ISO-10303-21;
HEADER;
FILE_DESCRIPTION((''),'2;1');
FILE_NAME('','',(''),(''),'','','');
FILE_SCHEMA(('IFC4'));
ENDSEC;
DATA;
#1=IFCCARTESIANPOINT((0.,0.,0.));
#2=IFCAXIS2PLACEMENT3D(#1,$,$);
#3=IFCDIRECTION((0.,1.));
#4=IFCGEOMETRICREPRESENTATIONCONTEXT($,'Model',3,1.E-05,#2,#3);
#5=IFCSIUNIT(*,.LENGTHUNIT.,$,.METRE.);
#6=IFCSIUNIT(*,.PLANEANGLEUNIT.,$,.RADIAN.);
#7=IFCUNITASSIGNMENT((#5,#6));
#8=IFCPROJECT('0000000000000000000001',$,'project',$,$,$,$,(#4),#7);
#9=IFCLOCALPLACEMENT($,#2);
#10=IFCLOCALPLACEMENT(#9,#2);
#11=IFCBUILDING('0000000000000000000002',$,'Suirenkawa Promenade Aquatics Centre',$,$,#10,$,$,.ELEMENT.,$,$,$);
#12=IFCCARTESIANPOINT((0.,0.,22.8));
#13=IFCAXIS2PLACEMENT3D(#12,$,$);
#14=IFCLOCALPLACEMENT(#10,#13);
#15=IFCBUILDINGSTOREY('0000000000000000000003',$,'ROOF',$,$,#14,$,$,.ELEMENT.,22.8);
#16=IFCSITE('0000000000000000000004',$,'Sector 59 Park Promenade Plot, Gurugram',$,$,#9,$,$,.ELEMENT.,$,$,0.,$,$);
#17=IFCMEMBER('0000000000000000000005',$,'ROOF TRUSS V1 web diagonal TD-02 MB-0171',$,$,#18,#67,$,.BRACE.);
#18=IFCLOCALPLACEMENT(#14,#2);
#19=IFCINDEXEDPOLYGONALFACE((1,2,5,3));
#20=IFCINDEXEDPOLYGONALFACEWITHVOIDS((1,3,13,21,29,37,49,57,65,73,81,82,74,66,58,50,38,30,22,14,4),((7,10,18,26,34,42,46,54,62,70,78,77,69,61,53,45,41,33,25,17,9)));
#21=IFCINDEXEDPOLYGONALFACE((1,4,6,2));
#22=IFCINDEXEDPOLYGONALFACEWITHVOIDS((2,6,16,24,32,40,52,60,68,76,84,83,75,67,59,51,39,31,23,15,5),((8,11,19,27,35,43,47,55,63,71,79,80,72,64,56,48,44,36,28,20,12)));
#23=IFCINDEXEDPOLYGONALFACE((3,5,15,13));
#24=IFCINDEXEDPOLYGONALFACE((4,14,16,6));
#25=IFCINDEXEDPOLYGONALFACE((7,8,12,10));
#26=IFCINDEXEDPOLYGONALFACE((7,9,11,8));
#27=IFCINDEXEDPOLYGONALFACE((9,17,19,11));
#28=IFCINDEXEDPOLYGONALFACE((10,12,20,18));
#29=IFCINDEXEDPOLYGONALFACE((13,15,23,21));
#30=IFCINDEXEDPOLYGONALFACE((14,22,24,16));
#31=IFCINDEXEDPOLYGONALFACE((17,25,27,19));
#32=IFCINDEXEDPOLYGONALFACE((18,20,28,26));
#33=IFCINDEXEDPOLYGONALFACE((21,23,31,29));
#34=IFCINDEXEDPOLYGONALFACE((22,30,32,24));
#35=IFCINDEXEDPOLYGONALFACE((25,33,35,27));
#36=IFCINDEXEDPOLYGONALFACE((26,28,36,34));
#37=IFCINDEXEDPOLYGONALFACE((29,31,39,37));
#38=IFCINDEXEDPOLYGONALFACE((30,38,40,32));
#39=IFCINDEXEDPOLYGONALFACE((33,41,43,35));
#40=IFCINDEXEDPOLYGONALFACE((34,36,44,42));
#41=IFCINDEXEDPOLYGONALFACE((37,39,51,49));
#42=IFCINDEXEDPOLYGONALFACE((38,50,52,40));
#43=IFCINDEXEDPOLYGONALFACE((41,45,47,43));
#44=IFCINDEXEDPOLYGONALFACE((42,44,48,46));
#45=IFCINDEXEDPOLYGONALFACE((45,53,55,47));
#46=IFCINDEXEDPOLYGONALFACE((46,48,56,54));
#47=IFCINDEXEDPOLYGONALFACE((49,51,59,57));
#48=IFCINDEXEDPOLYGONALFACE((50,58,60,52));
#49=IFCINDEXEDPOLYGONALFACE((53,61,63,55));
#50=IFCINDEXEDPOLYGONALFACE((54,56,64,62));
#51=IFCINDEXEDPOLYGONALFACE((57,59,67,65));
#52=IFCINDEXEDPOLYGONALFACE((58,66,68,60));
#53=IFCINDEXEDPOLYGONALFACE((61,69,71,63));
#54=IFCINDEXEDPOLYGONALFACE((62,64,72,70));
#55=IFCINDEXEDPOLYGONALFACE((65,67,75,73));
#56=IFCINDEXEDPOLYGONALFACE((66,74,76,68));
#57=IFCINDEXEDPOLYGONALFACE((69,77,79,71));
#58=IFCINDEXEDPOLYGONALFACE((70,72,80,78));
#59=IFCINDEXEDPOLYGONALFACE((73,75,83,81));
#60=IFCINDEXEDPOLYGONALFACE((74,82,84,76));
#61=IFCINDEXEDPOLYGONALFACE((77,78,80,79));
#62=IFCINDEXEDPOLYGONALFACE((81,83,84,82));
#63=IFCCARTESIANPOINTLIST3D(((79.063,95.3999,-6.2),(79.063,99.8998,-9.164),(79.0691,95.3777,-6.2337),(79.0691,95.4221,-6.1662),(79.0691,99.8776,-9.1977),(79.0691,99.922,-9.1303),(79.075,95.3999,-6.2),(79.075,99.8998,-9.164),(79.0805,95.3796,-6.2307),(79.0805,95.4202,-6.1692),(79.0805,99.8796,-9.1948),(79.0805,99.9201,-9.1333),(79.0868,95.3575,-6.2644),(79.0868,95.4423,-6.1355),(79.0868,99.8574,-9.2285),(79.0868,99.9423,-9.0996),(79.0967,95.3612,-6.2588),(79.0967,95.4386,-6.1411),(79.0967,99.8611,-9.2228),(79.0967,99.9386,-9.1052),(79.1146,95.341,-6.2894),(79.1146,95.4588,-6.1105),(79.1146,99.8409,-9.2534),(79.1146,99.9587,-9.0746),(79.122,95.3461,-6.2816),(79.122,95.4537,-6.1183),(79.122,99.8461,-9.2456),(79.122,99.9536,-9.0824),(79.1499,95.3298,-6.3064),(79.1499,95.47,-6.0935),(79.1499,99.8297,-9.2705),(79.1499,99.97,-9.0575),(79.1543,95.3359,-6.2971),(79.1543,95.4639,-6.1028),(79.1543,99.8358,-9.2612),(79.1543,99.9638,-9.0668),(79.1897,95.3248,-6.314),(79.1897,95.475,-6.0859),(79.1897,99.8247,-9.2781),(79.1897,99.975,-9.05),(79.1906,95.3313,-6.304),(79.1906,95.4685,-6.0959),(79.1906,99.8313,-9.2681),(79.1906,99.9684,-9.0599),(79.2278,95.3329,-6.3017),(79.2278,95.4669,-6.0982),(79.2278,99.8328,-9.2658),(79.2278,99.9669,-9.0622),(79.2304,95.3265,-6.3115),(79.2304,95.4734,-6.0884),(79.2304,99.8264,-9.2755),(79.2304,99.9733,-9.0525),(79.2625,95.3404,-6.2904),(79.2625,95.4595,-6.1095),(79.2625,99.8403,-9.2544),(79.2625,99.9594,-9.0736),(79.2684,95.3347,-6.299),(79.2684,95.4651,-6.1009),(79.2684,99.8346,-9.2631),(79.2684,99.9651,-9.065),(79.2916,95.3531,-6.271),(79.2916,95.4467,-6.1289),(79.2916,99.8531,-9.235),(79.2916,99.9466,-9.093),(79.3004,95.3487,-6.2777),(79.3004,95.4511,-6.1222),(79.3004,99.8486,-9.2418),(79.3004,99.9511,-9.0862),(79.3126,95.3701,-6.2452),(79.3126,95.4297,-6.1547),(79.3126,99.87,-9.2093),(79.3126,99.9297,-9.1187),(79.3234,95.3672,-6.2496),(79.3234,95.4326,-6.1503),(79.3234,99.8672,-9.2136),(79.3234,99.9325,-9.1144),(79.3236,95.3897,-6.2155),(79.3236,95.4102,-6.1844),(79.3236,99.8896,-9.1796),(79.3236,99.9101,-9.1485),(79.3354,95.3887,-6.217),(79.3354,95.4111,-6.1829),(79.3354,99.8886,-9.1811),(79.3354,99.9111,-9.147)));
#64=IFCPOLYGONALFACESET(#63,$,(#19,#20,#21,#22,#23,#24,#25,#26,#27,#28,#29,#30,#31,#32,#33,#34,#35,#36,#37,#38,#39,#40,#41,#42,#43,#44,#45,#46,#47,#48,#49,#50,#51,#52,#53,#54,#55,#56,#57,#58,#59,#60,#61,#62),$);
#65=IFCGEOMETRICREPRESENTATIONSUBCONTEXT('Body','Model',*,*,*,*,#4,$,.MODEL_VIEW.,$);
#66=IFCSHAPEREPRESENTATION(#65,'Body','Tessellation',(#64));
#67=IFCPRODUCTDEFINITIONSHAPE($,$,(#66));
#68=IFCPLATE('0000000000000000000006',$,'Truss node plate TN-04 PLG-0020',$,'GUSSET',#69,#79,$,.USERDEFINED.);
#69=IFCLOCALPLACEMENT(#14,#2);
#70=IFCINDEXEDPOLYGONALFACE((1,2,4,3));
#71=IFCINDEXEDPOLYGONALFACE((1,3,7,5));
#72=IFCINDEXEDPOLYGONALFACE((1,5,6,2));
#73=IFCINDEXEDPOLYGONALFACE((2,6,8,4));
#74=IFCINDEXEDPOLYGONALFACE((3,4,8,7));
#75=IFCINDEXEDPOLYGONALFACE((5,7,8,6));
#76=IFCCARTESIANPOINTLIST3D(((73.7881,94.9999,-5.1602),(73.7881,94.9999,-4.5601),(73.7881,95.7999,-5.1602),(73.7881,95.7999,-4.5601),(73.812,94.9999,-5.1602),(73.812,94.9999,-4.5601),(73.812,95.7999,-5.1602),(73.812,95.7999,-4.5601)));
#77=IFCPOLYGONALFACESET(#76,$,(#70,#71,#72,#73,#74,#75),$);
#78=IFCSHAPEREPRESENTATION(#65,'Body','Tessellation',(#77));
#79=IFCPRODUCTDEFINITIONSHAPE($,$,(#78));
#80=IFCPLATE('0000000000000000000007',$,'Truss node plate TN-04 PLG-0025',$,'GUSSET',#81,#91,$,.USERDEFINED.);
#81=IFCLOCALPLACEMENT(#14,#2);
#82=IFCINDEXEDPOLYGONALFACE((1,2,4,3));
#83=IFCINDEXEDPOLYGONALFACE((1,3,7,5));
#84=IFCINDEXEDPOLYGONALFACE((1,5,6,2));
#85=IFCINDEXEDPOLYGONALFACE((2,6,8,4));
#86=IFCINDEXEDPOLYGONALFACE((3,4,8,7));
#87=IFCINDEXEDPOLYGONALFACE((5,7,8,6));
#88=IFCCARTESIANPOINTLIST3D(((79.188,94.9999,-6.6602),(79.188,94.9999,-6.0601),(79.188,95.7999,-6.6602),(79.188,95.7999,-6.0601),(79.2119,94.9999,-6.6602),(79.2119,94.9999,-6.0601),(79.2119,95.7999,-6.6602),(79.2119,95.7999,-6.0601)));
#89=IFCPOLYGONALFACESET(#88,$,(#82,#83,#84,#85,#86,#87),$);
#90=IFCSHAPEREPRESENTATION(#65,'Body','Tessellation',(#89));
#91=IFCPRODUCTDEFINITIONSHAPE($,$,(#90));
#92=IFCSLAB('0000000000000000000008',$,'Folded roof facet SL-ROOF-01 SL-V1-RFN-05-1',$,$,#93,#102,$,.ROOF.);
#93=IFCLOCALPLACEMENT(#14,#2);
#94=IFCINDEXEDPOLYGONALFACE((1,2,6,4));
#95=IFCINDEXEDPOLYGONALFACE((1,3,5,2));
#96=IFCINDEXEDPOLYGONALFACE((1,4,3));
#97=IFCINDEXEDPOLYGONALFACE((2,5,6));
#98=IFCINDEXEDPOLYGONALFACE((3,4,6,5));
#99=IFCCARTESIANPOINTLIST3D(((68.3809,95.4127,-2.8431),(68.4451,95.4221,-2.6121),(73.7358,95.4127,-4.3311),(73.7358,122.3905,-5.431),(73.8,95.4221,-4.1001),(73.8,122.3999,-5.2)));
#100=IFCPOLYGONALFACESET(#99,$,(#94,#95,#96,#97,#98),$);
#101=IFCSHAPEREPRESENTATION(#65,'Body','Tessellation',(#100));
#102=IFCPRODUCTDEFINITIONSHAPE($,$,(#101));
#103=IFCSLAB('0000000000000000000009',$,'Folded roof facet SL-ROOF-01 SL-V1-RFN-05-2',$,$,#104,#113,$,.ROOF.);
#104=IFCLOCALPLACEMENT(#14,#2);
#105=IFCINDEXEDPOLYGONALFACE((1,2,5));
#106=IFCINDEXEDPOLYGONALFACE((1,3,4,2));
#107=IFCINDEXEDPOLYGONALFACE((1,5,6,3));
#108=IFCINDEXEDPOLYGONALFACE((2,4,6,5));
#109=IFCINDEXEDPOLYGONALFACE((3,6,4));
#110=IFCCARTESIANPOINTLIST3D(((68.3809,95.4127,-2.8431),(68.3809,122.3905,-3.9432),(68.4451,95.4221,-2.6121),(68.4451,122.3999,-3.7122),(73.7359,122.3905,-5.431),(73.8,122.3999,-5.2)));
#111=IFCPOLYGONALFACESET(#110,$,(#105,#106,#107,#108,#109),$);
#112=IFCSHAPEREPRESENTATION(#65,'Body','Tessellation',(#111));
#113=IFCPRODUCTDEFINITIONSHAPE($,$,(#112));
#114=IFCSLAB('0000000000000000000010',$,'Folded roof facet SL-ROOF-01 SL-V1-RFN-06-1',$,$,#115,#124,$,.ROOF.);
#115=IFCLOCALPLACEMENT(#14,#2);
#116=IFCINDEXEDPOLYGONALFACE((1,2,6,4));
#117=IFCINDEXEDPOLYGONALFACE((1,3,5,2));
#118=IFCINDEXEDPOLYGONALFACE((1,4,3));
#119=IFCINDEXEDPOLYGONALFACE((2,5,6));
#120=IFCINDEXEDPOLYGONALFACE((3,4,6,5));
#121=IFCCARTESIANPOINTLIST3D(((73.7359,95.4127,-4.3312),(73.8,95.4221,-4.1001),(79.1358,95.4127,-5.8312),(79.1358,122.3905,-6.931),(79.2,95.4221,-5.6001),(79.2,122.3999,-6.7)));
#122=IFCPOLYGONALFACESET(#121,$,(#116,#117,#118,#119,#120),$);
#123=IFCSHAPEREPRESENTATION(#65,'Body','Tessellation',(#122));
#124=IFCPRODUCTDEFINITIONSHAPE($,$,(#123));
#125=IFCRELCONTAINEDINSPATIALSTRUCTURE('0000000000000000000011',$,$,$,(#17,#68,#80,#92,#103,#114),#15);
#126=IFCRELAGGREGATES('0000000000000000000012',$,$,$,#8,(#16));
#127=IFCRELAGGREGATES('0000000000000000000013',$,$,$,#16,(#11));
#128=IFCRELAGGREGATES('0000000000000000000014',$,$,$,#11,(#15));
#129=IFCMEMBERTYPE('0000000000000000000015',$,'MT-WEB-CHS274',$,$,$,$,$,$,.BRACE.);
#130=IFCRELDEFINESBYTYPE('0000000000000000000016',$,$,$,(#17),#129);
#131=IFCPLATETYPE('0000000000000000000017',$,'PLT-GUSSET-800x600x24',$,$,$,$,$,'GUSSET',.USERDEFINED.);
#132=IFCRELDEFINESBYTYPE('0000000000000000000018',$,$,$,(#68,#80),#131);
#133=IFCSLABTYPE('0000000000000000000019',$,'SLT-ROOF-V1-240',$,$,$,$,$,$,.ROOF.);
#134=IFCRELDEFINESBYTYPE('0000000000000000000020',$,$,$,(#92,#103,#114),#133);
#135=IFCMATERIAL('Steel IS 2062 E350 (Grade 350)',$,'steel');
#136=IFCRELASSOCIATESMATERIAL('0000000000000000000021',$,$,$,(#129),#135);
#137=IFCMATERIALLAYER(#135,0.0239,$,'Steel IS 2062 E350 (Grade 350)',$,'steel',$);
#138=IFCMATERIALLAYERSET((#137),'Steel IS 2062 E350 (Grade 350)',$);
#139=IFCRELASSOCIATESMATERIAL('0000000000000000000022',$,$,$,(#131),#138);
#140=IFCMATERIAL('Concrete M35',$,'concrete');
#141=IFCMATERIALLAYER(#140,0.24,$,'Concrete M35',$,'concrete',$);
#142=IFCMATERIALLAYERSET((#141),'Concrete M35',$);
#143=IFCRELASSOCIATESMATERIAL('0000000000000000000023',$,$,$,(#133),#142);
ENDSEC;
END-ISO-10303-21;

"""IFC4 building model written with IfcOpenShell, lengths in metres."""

from ifc_helpers import new_model, si_unit, direction, frame, origin, origin_2d, place, context, subcontext, project, spatial, polyline, rectangle, hollow_circle, outline, extrude, material, layer, layer_set, material_profile, profile_set, type_object, element, save


model = new_model("IFC4")

# Units and contexts
model_context = context("Model", 3, precision=1e-05, world=origin(), true_north=direction((0.0, 1.0)))
body_context = subcontext(model_context, "Body", "Model", "MODEL_VIEW")
ifc_project = project(units=[si_unit("LENGTHUNIT", "METRE"), si_unit("PLANEANGLEUNIT", "RADIAN")], contexts=[model_context])

# Site, building, storey
site_placement = place(None, origin())
site = spatial("IfcSite", under=ifc_project, at=site_placement, Name="Sector 59 Park Promenade Plot, Gurugram", CompositionType="ELEMENT", RefElevation=0.0)
building_placement = place(site_placement, origin())
building = spatial("IfcBuilding", under=site, at=building_placement, Name="Suirenkawa Promenade Aquatics Centre", CompositionType="ELEMENT")
storey_placement = place(building_placement, frame((0.0, 0.0, 22.8)))
storey = spatial("IfcBuildingStorey", under=building, at=storey_placement, Name="ROOF", CompositionType="ELEMENT", Elevation=22.8)

# Shared definitions
ifc_material_1 = material(Name="Steel IS 2062 E350 (Grade 350)", Category="steel")

# Member
ifc_material_profile_1 = material_profile(ifc_material_1, hollow_circle(Radius=0.137, WallThickness=0.012, at=origin_2d()), Name="CHS 274x12", Category="steel")
ifc_profile_set_1 = profile_set([ifc_material_profile_1], Name="Steel IS 2062 E350 (Grade 350)")
member_type_1 = type_object("IfcMemberType", Name="MT-WEB-CHS274", PredefinedType="BRACE", material=ifc_profile_set_1)
member_1_placement = place(storey_placement, frame((79.2, 95.3999, -6.2), z_axis=(0.0, 0.835111, -0.550081), x_axis=(-1.0, 0.0, 0.0)))
element("IfcMember", 1, at=member_1_placement, inside=storey, type_object=member_type_1, Name="ROOF TRUSS V1 web diagonal TD-02 MB-0171", PredefinedType="BRACE", context=body_context, shape_type="SweptSolid", body=[
    extrude(hollow_circle(Radius=0.137, WallThickness=0.012, at=origin_2d()), origin(), (0.0, 0.0, 1.0), 5.3884),
])

# Plates
ifc_layer_1 = layer(ifc_material_1, 0.0239, Name="Steel IS 2062 E350 (Grade 350)", Category="steel")
ifc_layer_set_1 = layer_set([ifc_layer_1], Name="Steel IS 2062 E350 (Grade 350)")
plate_type = type_object("IfcPlateType", Name="PLT-GUSSET-800x600x24", ElementType="GUSSET", PredefinedType="USERDEFINED", material=ifc_layer_set_1)
for number, where, z_axis, x_axis, name in (
    (2, (73.8, 95.3999, -5.1602), (0.0, 0.0, 1.0), (0.0, 1.0, 0.0), "Truss node plate TN-04 PLG-0020"),
    (3, (79.2, 95.3999, -6.6602), (0.0, 0.0, 1.0), (0.0, 1.0, 0.0), "Truss node plate TN-04 PLG-0025"),
):
    element("IfcPlate", number, at=place(storey_placement, frame(where, z_axis=z_axis, x_axis=x_axis)), inside=storey, type_object=plate_type, Name=name, ObjectType="GUSSET", PredefinedType="USERDEFINED", context=body_context, shape_type="SweptSolid", body=[
        extrude(rectangle(XDim=0.8, YDim=0.0239, at=origin_2d()), origin(), (0.0, 0.0, 1.0), 0.6001),
    ])

# Slabs
ifc_material_2 = material(Name="Concrete M35", Category="concrete")
ifc_layer_2 = layer(ifc_material_2, 0.24, Name="Concrete M35", Category="concrete")
ifc_layer_set_2 = layer_set([ifc_layer_2], Name="Concrete M35")
slab_type = type_object("IfcSlabType", Name="SLT-ROOF-V1-240", PredefinedType="ROOF", material=ifc_layer_set_2)
slab_1_placement = place(storey_placement, frame((68.4451, 95.4221, -2.6121), z_axis=(0.267528, 0.03925, 0.96275), x_axis=(0.963493, 0.0, -0.267734)))
element("IfcSlab", 4, at=slab_1_placement, inside=storey, type_object=slab_type, Name="Folded roof facet SL-ROOF-01 SL-V1-RFN-05-1", PredefinedType="ROOF", context=body_context, shape_type="SweptSolid", body=[
    extrude(outline(polyline([(0.0, 0.0), (5.5579, 0.0), (5.8524, 26.9986), (0.0, 0.0)])), origin(), (0.0, 0.0, -1.0), 0.24),
])
slab_2_placement = place(storey_placement, frame((68.4451, 95.4221, -2.6121), z_axis=(0.267487, 0.039259, 0.962761), x_axis=(0.193841, 0.97655, -0.093677)))
element("IfcSlab", 5, at=slab_2_placement, inside=storey, type_object=slab_type, Name="Folded roof facet SL-ROOF-01 SL-V1-RFN-05-2", PredefinedType="ROOF", context=body_context, shape_type="SweptSolid", body=[
    extrude(outline(polyline([(0.0, 0.0), (27.6256, 0.0), (26.4482, 5.4317), (0.0, 0.0)])), origin(), (0.0, 0.0, -1.0), 0.24),
])
slab_3_placement = place(storey_placement, frame((73.8, 95.4221, -4.1001), z_axis=(0.267442, 0.039251, 0.962774), x_axis=(0.963517, 0.0, -0.267648)))
element("IfcSlab", 6, at=slab_3_placement, inside=storey, type_object=slab_type, Name="Folded roof facet SL-ROOF-01 SL-V1-RFN-06-1", PredefinedType="ROOF", context=body_context, shape_type="SweptSolid", body=[
    extrude(outline(polyline([(0.0, 0.0), (5.6044, 0.0), (5.8987, 26.9986), (0.0, 0.0)])), origin(), (0.0, 0.0, -1.0), 0.24),
])

save(model, "model.ifc")
